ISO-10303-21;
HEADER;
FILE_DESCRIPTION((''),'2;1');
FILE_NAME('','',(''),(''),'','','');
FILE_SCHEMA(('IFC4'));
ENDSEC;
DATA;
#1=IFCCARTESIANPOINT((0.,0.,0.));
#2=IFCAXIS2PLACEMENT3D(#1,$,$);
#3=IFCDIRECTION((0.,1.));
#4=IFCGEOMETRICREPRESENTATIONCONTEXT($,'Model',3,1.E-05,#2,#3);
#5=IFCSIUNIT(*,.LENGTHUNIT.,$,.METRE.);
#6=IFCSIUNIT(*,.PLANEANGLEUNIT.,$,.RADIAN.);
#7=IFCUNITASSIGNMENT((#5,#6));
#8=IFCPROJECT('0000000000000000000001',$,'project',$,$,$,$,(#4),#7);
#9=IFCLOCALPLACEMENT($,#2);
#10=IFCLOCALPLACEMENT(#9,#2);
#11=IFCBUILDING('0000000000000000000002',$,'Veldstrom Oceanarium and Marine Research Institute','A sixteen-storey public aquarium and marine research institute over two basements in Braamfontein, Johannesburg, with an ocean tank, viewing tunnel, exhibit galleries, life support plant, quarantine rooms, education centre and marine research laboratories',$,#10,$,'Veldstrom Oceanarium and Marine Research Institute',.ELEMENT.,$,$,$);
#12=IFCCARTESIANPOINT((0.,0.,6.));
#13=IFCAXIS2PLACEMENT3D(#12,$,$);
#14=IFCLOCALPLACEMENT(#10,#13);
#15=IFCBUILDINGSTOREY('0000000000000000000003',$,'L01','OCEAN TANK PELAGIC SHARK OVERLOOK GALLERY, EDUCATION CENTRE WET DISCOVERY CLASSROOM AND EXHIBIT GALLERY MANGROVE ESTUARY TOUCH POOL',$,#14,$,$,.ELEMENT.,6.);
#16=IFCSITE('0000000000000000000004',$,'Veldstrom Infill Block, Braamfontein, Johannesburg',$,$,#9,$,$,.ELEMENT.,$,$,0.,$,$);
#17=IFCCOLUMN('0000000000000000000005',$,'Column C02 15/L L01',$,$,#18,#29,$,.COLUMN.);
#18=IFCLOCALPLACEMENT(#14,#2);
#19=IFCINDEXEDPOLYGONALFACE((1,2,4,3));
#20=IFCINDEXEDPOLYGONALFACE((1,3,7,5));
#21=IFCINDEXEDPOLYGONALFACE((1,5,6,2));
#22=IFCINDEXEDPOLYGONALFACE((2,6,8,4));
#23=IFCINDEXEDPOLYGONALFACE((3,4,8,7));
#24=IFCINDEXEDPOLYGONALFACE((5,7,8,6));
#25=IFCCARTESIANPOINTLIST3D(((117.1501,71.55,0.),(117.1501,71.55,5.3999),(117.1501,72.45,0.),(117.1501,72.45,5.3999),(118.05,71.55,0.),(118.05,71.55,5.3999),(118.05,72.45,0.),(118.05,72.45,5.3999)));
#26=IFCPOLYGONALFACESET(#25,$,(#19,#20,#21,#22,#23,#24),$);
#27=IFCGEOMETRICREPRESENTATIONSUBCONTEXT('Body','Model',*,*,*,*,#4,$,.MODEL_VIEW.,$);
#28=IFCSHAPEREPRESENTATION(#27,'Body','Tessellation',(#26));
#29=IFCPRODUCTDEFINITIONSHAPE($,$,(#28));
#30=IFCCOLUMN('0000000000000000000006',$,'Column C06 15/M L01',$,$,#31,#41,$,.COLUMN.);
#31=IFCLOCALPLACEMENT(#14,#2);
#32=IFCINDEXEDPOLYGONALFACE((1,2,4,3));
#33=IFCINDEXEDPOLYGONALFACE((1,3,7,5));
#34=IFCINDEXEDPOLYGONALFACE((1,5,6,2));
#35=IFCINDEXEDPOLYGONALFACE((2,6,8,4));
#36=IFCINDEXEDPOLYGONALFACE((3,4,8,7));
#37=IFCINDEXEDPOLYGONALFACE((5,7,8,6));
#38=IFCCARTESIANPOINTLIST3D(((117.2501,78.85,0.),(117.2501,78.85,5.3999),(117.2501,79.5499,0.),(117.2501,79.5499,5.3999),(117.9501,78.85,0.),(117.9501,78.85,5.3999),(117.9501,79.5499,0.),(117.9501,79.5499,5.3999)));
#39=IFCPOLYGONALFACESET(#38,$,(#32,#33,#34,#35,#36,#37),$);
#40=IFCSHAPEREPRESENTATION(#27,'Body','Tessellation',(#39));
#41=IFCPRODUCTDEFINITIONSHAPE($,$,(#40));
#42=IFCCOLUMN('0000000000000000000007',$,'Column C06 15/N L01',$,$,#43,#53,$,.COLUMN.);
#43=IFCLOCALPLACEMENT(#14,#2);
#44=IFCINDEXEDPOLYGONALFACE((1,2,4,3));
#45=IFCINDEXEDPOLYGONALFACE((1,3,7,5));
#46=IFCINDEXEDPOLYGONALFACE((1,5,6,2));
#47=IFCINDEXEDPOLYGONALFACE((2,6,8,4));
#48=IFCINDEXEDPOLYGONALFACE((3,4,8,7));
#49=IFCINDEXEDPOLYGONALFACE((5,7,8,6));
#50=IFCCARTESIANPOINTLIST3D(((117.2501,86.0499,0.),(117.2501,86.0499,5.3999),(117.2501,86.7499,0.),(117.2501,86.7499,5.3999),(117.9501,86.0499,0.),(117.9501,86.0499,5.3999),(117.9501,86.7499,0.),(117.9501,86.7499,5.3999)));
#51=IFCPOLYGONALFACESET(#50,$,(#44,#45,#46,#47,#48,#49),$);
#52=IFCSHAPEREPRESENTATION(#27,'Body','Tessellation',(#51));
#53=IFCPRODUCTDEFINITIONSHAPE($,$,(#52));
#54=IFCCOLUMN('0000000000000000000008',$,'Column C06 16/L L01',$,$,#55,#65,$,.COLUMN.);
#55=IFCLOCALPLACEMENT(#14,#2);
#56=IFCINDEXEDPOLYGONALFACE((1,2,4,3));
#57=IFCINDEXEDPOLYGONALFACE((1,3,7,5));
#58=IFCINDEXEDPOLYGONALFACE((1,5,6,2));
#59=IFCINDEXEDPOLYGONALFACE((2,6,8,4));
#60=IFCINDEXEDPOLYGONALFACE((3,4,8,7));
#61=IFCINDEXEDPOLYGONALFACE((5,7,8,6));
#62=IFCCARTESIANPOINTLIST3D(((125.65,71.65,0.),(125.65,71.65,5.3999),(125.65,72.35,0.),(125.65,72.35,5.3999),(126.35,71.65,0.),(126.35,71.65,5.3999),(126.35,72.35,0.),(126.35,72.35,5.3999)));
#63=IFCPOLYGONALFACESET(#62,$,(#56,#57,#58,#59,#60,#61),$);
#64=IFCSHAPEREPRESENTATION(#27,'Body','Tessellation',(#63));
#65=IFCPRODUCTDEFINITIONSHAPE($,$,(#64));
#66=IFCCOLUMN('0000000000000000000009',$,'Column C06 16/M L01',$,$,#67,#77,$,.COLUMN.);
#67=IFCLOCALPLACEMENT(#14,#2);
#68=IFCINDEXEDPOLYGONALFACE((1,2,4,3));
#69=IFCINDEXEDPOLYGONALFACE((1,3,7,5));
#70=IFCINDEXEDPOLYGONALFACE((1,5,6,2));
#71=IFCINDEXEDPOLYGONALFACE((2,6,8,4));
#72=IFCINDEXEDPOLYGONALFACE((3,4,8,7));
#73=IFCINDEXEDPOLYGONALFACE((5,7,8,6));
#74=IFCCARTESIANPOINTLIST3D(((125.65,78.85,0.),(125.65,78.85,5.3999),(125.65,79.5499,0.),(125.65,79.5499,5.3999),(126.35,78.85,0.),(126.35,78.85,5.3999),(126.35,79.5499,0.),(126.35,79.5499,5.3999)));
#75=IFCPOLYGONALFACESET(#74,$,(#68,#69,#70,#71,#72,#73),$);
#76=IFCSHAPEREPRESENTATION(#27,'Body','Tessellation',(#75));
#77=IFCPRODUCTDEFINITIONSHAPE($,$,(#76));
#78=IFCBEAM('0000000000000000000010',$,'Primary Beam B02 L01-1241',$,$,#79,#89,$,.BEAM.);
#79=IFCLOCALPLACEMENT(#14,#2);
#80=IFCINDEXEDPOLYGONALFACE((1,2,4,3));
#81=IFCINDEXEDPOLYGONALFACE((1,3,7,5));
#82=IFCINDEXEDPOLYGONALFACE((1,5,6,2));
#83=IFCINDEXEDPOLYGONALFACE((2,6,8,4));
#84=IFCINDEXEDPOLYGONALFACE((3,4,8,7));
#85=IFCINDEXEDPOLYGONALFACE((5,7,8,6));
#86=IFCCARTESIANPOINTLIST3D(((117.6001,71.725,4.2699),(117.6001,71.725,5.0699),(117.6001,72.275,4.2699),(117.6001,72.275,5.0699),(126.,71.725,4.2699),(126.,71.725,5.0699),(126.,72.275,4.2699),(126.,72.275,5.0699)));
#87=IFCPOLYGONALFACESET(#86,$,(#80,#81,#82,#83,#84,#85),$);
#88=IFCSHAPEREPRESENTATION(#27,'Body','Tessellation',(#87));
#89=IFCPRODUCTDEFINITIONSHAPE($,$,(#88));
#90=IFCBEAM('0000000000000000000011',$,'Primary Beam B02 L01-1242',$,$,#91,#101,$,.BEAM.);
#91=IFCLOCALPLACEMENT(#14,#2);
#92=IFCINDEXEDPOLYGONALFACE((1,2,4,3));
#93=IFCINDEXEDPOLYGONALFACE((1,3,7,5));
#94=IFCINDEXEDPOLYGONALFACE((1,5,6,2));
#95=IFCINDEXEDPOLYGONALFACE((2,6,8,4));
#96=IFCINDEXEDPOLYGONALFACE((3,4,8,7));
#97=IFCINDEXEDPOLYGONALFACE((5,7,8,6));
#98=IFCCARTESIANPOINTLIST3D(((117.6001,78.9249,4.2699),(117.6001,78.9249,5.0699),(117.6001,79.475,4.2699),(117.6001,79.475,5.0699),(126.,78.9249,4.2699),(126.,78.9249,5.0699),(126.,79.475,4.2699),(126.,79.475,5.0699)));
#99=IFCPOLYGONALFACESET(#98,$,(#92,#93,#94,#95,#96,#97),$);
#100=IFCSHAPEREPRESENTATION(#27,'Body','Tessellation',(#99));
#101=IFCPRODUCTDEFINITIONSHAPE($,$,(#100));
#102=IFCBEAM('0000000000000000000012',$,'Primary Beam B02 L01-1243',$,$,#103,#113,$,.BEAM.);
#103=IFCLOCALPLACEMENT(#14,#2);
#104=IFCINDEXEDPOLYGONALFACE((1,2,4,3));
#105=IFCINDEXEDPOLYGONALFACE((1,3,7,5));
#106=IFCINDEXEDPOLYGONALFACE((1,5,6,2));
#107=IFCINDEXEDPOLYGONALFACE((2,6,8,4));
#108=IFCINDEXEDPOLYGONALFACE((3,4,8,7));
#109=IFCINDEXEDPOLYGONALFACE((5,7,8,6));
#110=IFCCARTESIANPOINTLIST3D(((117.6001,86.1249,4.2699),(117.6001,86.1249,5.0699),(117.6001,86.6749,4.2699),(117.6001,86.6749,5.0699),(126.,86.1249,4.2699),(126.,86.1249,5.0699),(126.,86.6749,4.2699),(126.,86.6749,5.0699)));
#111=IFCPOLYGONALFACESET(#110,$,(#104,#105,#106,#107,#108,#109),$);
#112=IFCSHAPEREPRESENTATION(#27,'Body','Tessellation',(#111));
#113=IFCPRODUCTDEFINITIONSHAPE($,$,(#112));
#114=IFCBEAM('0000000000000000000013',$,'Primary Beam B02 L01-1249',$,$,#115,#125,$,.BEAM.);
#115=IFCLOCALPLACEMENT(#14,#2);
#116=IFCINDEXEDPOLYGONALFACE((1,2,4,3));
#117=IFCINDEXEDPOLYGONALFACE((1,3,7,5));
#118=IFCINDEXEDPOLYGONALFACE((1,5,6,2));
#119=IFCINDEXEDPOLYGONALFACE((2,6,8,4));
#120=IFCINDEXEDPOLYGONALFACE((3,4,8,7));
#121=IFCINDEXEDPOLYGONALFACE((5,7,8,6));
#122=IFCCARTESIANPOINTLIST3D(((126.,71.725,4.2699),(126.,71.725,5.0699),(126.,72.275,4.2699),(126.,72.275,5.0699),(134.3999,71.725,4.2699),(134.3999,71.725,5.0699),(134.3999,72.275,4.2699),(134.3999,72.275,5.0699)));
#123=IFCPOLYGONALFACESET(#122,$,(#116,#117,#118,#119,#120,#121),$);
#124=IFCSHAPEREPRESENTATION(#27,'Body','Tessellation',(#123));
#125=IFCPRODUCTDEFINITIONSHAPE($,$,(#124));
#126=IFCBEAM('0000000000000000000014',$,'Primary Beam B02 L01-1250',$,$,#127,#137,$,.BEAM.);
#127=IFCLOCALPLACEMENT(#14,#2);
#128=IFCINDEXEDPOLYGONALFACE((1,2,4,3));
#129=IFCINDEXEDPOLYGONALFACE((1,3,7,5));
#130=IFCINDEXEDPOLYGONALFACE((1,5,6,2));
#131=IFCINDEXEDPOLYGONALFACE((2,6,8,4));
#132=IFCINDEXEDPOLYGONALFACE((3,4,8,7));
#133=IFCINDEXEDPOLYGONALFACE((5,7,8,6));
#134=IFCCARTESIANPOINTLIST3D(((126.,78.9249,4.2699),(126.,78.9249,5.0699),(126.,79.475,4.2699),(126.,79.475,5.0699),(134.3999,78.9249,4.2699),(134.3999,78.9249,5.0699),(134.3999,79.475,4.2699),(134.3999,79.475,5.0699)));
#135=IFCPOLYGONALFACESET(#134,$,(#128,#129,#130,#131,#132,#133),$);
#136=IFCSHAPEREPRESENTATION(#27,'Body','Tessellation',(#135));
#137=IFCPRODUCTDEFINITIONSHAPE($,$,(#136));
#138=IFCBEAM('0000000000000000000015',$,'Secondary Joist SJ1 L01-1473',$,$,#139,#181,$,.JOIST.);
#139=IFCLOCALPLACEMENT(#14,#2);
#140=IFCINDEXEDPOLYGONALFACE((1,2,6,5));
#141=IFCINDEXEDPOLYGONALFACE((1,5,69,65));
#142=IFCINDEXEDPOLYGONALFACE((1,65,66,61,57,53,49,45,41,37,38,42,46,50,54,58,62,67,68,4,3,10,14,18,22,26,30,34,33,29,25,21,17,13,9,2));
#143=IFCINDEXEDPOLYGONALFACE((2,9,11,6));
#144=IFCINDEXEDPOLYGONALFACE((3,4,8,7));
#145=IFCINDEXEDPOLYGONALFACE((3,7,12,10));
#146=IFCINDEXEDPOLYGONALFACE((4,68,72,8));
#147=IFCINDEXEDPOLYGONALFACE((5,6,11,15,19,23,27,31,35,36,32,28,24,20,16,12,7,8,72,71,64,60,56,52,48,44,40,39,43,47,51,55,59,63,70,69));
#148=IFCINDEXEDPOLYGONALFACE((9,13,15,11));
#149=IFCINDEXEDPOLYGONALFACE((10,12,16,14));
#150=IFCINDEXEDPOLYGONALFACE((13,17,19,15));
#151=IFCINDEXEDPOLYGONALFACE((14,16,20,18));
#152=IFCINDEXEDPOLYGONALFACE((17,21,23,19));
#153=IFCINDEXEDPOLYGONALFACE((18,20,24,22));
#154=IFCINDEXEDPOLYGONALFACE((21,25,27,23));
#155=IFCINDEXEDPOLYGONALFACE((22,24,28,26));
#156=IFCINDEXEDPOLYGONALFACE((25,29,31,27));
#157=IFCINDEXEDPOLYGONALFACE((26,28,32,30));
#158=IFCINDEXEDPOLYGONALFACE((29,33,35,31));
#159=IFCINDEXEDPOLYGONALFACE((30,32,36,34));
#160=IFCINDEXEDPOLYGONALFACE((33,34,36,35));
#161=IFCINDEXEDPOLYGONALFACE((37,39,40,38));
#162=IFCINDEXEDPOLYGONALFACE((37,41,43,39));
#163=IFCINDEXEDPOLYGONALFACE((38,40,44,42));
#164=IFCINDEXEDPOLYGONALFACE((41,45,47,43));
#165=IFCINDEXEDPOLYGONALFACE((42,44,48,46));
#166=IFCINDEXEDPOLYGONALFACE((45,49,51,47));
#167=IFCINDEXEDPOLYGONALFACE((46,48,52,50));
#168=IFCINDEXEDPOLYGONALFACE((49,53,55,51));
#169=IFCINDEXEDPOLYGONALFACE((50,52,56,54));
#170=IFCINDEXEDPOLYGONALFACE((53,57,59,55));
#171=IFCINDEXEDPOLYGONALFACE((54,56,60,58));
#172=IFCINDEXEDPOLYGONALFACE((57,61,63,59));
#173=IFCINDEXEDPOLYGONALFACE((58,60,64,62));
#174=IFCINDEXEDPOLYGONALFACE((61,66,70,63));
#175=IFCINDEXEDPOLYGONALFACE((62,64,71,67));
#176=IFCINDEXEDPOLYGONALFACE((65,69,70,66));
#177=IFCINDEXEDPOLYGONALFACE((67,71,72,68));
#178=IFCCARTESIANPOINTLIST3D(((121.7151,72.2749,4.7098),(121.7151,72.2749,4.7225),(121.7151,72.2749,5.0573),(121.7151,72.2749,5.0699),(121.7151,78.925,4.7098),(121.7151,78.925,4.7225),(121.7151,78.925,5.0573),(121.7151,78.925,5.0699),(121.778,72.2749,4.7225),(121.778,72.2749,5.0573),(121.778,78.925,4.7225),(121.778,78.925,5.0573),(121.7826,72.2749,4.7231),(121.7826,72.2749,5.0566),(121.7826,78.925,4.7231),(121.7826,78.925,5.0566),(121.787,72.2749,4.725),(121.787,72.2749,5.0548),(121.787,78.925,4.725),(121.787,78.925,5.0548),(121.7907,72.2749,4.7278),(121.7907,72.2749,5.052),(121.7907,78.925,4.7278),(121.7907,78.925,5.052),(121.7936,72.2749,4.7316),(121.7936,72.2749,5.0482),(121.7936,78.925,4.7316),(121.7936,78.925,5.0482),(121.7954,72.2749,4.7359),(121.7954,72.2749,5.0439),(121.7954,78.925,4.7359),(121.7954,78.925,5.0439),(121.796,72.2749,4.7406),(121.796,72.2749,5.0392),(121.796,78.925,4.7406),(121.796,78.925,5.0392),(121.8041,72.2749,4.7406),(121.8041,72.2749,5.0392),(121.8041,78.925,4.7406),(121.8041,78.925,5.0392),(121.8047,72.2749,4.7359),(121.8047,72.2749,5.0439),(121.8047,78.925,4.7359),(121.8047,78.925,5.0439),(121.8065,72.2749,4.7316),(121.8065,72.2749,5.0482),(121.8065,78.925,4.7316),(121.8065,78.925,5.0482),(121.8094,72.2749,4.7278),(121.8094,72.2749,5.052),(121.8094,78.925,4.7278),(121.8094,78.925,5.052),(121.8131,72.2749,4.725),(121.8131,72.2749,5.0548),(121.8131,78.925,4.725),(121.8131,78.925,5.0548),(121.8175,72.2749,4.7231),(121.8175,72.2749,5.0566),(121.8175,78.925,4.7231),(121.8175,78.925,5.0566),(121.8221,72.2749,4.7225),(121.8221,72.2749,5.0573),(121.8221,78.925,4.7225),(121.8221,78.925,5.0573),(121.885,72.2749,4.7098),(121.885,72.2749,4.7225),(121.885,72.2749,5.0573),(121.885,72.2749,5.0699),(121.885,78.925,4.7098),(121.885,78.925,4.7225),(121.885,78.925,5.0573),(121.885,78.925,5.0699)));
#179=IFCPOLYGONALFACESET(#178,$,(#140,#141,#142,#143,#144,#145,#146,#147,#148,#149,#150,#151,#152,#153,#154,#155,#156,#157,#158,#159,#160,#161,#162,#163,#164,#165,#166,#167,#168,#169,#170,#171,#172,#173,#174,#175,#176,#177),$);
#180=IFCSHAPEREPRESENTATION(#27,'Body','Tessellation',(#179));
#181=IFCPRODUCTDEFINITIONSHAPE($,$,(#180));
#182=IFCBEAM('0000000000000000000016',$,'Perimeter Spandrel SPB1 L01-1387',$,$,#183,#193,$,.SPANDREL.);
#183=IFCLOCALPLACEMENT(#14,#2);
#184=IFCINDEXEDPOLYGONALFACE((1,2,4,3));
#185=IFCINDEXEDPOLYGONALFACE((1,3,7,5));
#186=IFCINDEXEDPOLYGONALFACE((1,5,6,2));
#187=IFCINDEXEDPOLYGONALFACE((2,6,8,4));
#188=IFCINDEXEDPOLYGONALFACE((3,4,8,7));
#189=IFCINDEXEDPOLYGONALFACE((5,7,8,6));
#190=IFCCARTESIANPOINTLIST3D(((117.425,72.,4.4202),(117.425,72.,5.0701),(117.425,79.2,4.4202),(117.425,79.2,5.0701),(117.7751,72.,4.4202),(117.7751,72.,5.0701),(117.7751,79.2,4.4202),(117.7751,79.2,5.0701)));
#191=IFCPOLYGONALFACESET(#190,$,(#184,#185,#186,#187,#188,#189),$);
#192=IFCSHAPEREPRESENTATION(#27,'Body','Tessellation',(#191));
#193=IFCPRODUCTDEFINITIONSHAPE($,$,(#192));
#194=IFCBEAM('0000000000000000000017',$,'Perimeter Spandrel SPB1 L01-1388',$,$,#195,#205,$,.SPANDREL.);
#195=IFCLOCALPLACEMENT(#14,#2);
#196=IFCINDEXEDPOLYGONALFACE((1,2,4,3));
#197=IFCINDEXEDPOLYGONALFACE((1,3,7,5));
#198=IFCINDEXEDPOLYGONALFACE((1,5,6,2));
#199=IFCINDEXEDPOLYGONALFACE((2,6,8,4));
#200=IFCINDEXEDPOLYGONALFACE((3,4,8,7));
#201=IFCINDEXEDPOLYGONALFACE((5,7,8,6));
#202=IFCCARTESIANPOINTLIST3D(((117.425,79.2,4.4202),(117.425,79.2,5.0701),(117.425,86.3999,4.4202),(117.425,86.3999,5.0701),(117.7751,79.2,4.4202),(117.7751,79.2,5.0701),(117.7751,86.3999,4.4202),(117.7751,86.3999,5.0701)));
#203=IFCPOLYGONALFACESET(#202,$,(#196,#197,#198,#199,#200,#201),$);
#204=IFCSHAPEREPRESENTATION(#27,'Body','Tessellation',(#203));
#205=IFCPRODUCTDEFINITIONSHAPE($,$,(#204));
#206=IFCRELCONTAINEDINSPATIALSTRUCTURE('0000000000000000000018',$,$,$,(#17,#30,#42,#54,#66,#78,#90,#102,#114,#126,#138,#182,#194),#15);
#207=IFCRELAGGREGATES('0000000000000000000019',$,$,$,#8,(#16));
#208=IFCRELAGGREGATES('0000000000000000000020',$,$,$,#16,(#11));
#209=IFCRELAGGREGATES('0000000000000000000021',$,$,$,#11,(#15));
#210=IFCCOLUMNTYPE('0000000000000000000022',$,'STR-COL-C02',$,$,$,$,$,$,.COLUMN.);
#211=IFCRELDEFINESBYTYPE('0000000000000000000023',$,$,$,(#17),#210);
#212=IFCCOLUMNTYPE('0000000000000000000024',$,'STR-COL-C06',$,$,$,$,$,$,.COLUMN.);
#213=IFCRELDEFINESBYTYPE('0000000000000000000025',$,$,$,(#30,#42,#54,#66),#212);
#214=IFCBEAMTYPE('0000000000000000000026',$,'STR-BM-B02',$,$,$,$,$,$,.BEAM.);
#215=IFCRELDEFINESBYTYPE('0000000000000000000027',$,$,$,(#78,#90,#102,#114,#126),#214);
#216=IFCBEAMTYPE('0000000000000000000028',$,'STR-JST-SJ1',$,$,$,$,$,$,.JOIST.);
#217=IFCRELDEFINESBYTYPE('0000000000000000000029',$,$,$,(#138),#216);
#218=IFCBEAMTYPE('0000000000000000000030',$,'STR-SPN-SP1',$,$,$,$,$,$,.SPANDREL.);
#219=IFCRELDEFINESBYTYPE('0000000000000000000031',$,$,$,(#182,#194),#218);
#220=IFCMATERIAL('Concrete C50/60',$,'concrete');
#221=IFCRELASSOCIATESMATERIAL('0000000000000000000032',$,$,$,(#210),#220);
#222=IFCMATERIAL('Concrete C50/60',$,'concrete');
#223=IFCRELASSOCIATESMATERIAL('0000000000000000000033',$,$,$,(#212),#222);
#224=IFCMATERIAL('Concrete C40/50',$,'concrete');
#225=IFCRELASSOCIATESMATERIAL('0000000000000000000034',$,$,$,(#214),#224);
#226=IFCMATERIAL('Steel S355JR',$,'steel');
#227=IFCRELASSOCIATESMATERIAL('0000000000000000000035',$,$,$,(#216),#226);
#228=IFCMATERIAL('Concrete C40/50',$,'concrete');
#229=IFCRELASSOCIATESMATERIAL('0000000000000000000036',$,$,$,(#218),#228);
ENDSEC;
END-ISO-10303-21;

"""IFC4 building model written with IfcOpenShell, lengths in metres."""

from ifc_helpers import new_model, si_unit, direction, frame, origin, origin_2d, place, context, subcontext, project, spatial, rectangle, i_section, extrude, material, material_profile, profile_set, type_object, element, save


model = new_model("IFC4")

# Units and contexts
model_context = context("Model", 3, precision=1e-05, world=origin(), true_north=direction((0.0, 1.0)))
body_context = subcontext(model_context, "Body", "Model", "MODEL_VIEW")
ifc_project = project(units=[si_unit("LENGTHUNIT", "METRE"), si_unit("PLANEANGLEUNIT", "RADIAN")], contexts=[model_context])

# Site, building, storey
site_placement = place(None, origin())
site = spatial("IfcSite", under=ifc_project, at=site_placement, Name="Veldstrom Infill Block, Braamfontein, Johannesburg", CompositionType="ELEMENT", RefElevation=0.0)
building_placement = place(site_placement, origin())
building = spatial("IfcBuilding", under=site, at=building_placement, Name="Veldstrom Oceanarium and Marine Research Institute", Description="A sixteen-storey public aquarium and marine research institute over two basements in Braamfontein, Johannesburg, with an ocean tank, viewing tunnel, exhibit galleries, life support plant, quarantine rooms, education centre and marine research laboratories", LongName="Veldstrom Oceanarium and Marine Research Institute", CompositionType="ELEMENT")
storey_placement = place(building_placement, frame((0.0, 0.0, 6.0)))
storey = spatial("IfcBuildingStorey", under=building, at=storey_placement, Name="L01", Description="OCEAN TANK PELAGIC SHARK OVERLOOK GALLERY, EDUCATION CENTRE WET DISCOVERY CLASSROOM AND EXHIBIT GALLERY MANGROVE ESTUARY TOUCH POOL", CompositionType="ELEMENT", Elevation=6.0)

# Columns
ifc_material_1 = material(Name="Concrete C50/60", Category="concrete")
ifc_material_profile_1 = material_profile(ifc_material_1, rectangle(XDim=0.8999, YDim=0.8999, at=origin_2d()), Name="RC-COL-900x900")
ifc_profile_set_1 = profile_set([ifc_material_profile_1], Name="Concrete C50/60")
column_type_1 = type_object("IfcColumnType", Name="STR-COL-C02", PredefinedType="COLUMN", material=ifc_profile_set_1)
column_placement = place(storey_placement, frame((117.6001, 72.0, 0.0), z_axis=(0.0, 0.0, 1.0), x_axis=(1.0, 0.0, 0.0)))
element("IfcColumn", 1, at=column_placement, inside=storey, type_object=column_type_1, Name="Column C02 15/L L01", PredefinedType="COLUMN", context=body_context, shape_type="SweptSolid", body=[
    extrude(rectangle(XDim=0.8999, YDim=0.8999, at=origin_2d()), origin(), (0.0, 0.0, 1.0), 5.3999),
])
ifc_material_2 = material(Name="Concrete C50/60", Category="concrete")
ifc_material_profile_2 = material_profile(ifc_material_2, rectangle(XDim=0.7, YDim=0.7, at=origin_2d()), Name="RC-COL-700x700")
ifc_profile_set_2 = profile_set([ifc_material_profile_2], Name="Concrete C50/60")
column_type_2 = type_object("IfcColumnType", Name="STR-COL-C06", PredefinedType="COLUMN", material=ifc_profile_set_2)
for number, where, z_axis, x_axis, name in (
    (2, (117.6001, 79.2, 0.0), (0.0, 0.0, 1.0), (1.0, 0.0, 0.0), "Column C06 15/M L01"),
    (3, (117.6001, 86.3999, 0.0), (0.0, 0.0, 1.0), (1.0, 0.0, 0.0), "Column C06 15/N L01"),
    (4, (126.0, 72.0, 0.0), (0.0, 0.0, 1.0), (1.0, 0.0, 0.0), "Column C06 16/L L01"),
    (5, (126.0, 79.2, 0.0), (0.0, 0.0, 1.0), (1.0, 0.0, 0.0), "Column C06 16/M L01"),
):
    element("IfcColumn", number, at=place(storey_placement, frame(where, z_axis=z_axis, x_axis=x_axis)), inside=storey, type_object=column_type_2, Name=name, PredefinedType="COLUMN", context=body_context, shape_type="SweptSolid", body=[
        extrude(rectangle(XDim=0.7, YDim=0.7, at=origin_2d()), origin(), (0.0, 0.0, 1.0), 5.3999),
    ])

# Beams
ifc_material_3 = material(Name="Concrete C40/50", Category="concrete")
ifc_material_profile_3 = material_profile(ifc_material_3, rectangle(XDim=0.55, YDim=0.8, at=origin_2d()), Name="RC-BM-550x800")
ifc_profile_set_3 = profile_set([ifc_material_profile_3], Name="Concrete C40/50")
beam_type_1 = type_object("IfcBeamType", Name="STR-BM-B02", PredefinedType="BEAM", material=ifc_profile_set_3)
for number, where, z_axis, x_axis, name in (
    (6, (117.6001, 72.0, 4.6699), (1.0, 0.0, 0.0), (0.0, 1.0, 0.0), "Primary Beam B02 L01-1241"),
    (7, (117.6001, 79.2, 4.6699), (1.0, 0.0, 0.0), (0.0, 1.0, 0.0), "Primary Beam B02 L01-1242"),
    (8, (117.6001, 86.3999, 4.6699), (1.0, 0.0, 0.0), (0.0, 1.0, 0.0), "Primary Beam B02 L01-1243"),
    (9, (126.0, 72.0, 4.6699), (1.0, 0.0, 0.0), (0.0, 1.0, 0.0), "Primary Beam B02 L01-1249"),
    (10, (126.0, 79.2, 4.6699), (1.0, 0.0, 0.0), (0.0, 1.0, 0.0), "Primary Beam B02 L01-1250"),
):
    element("IfcBeam", number, at=place(storey_placement, frame(where, z_axis=z_axis, x_axis=x_axis)), inside=storey, type_object=beam_type_1, Name=name, PredefinedType="BEAM", context=body_context, shape_type="SweptSolid", body=[
        extrude(rectangle(XDim=0.55, YDim=0.8, at=origin_2d()), origin(), (0.0, 0.0, 1.0), 8.3999),
    ])
ifc_material_4 = material(Name="Steel S355JR", Category="steel")
ifc_material_profile_4 = material_profile(ifc_material_4, i_section(OverallWidth=0.1699, OverallDepth=0.3601, WebThickness=0.0081, FlangeThickness=0.0127, FilletRadius=0.0181, at=origin_2d()), Name="IPE 360")
ifc_profile_set_4 = profile_set([ifc_material_profile_4], Name="Steel S355JR")
beam_type_2 = type_object("IfcBeamType", Name="STR-JST-SJ1", PredefinedType="JOIST", material=ifc_profile_set_4)
beam_placement = place(storey_placement, frame((121.8, 72.2749, 4.8899), z_axis=(0.0, 1.0, 0.0), x_axis=(-1.0, 0.0, 0.0)))
element("IfcBeam", 11, at=beam_placement, inside=storey, type_object=beam_type_2, Name="Secondary Joist SJ1 L01-1473", PredefinedType="JOIST", context=body_context, shape_type="SweptSolid", body=[
    extrude(i_section(OverallWidth=0.1699, OverallDepth=0.3601, WebThickness=0.0081, FlangeThickness=0.0127, FilletRadius=0.0181, at=origin_2d()), origin(), (0.0, 0.0, 1.0), 6.6501),
])
ifc_material_5 = material(Name="Concrete C40/50", Category="concrete")
ifc_material_profile_5 = material_profile(ifc_material_5, rectangle(XDim=0.3501, YDim=0.6499, at=origin_2d()), Name="RC-SPN-350x650")
ifc_profile_set_5 = profile_set([ifc_material_profile_5], Name="Concrete C40/50")
beam_type_3 = type_object("IfcBeamType", Name="STR-SPN-SP1", PredefinedType="SPANDREL", material=ifc_profile_set_5)
for number, where, z_axis, x_axis, name in (
    (12, (117.6001, 72.0, 4.7451), (0.0, 1.0, 0.0), (-1.0, 0.0, 0.0), "Perimeter Spandrel SPB1 L01-1387"),
    (13, (117.6001, 79.2, 4.7451), (0.0, 1.0, 0.0), (-1.0, 0.0, 0.0), "Perimeter Spandrel SPB1 L01-1388"),
):
    element("IfcBeam", number, at=place(storey_placement, frame(where, z_axis=z_axis, x_axis=x_axis)), inside=storey, type_object=beam_type_3, Name=name, PredefinedType="SPANDREL", context=body_context, shape_type="SweptSolid", body=[
        extrude(rectangle(XDim=0.3501, YDim=0.6499, at=origin_2d()), origin(), (0.0, 0.0, 1.0), 7.2),
    ])

save(model, "model.ifc")
